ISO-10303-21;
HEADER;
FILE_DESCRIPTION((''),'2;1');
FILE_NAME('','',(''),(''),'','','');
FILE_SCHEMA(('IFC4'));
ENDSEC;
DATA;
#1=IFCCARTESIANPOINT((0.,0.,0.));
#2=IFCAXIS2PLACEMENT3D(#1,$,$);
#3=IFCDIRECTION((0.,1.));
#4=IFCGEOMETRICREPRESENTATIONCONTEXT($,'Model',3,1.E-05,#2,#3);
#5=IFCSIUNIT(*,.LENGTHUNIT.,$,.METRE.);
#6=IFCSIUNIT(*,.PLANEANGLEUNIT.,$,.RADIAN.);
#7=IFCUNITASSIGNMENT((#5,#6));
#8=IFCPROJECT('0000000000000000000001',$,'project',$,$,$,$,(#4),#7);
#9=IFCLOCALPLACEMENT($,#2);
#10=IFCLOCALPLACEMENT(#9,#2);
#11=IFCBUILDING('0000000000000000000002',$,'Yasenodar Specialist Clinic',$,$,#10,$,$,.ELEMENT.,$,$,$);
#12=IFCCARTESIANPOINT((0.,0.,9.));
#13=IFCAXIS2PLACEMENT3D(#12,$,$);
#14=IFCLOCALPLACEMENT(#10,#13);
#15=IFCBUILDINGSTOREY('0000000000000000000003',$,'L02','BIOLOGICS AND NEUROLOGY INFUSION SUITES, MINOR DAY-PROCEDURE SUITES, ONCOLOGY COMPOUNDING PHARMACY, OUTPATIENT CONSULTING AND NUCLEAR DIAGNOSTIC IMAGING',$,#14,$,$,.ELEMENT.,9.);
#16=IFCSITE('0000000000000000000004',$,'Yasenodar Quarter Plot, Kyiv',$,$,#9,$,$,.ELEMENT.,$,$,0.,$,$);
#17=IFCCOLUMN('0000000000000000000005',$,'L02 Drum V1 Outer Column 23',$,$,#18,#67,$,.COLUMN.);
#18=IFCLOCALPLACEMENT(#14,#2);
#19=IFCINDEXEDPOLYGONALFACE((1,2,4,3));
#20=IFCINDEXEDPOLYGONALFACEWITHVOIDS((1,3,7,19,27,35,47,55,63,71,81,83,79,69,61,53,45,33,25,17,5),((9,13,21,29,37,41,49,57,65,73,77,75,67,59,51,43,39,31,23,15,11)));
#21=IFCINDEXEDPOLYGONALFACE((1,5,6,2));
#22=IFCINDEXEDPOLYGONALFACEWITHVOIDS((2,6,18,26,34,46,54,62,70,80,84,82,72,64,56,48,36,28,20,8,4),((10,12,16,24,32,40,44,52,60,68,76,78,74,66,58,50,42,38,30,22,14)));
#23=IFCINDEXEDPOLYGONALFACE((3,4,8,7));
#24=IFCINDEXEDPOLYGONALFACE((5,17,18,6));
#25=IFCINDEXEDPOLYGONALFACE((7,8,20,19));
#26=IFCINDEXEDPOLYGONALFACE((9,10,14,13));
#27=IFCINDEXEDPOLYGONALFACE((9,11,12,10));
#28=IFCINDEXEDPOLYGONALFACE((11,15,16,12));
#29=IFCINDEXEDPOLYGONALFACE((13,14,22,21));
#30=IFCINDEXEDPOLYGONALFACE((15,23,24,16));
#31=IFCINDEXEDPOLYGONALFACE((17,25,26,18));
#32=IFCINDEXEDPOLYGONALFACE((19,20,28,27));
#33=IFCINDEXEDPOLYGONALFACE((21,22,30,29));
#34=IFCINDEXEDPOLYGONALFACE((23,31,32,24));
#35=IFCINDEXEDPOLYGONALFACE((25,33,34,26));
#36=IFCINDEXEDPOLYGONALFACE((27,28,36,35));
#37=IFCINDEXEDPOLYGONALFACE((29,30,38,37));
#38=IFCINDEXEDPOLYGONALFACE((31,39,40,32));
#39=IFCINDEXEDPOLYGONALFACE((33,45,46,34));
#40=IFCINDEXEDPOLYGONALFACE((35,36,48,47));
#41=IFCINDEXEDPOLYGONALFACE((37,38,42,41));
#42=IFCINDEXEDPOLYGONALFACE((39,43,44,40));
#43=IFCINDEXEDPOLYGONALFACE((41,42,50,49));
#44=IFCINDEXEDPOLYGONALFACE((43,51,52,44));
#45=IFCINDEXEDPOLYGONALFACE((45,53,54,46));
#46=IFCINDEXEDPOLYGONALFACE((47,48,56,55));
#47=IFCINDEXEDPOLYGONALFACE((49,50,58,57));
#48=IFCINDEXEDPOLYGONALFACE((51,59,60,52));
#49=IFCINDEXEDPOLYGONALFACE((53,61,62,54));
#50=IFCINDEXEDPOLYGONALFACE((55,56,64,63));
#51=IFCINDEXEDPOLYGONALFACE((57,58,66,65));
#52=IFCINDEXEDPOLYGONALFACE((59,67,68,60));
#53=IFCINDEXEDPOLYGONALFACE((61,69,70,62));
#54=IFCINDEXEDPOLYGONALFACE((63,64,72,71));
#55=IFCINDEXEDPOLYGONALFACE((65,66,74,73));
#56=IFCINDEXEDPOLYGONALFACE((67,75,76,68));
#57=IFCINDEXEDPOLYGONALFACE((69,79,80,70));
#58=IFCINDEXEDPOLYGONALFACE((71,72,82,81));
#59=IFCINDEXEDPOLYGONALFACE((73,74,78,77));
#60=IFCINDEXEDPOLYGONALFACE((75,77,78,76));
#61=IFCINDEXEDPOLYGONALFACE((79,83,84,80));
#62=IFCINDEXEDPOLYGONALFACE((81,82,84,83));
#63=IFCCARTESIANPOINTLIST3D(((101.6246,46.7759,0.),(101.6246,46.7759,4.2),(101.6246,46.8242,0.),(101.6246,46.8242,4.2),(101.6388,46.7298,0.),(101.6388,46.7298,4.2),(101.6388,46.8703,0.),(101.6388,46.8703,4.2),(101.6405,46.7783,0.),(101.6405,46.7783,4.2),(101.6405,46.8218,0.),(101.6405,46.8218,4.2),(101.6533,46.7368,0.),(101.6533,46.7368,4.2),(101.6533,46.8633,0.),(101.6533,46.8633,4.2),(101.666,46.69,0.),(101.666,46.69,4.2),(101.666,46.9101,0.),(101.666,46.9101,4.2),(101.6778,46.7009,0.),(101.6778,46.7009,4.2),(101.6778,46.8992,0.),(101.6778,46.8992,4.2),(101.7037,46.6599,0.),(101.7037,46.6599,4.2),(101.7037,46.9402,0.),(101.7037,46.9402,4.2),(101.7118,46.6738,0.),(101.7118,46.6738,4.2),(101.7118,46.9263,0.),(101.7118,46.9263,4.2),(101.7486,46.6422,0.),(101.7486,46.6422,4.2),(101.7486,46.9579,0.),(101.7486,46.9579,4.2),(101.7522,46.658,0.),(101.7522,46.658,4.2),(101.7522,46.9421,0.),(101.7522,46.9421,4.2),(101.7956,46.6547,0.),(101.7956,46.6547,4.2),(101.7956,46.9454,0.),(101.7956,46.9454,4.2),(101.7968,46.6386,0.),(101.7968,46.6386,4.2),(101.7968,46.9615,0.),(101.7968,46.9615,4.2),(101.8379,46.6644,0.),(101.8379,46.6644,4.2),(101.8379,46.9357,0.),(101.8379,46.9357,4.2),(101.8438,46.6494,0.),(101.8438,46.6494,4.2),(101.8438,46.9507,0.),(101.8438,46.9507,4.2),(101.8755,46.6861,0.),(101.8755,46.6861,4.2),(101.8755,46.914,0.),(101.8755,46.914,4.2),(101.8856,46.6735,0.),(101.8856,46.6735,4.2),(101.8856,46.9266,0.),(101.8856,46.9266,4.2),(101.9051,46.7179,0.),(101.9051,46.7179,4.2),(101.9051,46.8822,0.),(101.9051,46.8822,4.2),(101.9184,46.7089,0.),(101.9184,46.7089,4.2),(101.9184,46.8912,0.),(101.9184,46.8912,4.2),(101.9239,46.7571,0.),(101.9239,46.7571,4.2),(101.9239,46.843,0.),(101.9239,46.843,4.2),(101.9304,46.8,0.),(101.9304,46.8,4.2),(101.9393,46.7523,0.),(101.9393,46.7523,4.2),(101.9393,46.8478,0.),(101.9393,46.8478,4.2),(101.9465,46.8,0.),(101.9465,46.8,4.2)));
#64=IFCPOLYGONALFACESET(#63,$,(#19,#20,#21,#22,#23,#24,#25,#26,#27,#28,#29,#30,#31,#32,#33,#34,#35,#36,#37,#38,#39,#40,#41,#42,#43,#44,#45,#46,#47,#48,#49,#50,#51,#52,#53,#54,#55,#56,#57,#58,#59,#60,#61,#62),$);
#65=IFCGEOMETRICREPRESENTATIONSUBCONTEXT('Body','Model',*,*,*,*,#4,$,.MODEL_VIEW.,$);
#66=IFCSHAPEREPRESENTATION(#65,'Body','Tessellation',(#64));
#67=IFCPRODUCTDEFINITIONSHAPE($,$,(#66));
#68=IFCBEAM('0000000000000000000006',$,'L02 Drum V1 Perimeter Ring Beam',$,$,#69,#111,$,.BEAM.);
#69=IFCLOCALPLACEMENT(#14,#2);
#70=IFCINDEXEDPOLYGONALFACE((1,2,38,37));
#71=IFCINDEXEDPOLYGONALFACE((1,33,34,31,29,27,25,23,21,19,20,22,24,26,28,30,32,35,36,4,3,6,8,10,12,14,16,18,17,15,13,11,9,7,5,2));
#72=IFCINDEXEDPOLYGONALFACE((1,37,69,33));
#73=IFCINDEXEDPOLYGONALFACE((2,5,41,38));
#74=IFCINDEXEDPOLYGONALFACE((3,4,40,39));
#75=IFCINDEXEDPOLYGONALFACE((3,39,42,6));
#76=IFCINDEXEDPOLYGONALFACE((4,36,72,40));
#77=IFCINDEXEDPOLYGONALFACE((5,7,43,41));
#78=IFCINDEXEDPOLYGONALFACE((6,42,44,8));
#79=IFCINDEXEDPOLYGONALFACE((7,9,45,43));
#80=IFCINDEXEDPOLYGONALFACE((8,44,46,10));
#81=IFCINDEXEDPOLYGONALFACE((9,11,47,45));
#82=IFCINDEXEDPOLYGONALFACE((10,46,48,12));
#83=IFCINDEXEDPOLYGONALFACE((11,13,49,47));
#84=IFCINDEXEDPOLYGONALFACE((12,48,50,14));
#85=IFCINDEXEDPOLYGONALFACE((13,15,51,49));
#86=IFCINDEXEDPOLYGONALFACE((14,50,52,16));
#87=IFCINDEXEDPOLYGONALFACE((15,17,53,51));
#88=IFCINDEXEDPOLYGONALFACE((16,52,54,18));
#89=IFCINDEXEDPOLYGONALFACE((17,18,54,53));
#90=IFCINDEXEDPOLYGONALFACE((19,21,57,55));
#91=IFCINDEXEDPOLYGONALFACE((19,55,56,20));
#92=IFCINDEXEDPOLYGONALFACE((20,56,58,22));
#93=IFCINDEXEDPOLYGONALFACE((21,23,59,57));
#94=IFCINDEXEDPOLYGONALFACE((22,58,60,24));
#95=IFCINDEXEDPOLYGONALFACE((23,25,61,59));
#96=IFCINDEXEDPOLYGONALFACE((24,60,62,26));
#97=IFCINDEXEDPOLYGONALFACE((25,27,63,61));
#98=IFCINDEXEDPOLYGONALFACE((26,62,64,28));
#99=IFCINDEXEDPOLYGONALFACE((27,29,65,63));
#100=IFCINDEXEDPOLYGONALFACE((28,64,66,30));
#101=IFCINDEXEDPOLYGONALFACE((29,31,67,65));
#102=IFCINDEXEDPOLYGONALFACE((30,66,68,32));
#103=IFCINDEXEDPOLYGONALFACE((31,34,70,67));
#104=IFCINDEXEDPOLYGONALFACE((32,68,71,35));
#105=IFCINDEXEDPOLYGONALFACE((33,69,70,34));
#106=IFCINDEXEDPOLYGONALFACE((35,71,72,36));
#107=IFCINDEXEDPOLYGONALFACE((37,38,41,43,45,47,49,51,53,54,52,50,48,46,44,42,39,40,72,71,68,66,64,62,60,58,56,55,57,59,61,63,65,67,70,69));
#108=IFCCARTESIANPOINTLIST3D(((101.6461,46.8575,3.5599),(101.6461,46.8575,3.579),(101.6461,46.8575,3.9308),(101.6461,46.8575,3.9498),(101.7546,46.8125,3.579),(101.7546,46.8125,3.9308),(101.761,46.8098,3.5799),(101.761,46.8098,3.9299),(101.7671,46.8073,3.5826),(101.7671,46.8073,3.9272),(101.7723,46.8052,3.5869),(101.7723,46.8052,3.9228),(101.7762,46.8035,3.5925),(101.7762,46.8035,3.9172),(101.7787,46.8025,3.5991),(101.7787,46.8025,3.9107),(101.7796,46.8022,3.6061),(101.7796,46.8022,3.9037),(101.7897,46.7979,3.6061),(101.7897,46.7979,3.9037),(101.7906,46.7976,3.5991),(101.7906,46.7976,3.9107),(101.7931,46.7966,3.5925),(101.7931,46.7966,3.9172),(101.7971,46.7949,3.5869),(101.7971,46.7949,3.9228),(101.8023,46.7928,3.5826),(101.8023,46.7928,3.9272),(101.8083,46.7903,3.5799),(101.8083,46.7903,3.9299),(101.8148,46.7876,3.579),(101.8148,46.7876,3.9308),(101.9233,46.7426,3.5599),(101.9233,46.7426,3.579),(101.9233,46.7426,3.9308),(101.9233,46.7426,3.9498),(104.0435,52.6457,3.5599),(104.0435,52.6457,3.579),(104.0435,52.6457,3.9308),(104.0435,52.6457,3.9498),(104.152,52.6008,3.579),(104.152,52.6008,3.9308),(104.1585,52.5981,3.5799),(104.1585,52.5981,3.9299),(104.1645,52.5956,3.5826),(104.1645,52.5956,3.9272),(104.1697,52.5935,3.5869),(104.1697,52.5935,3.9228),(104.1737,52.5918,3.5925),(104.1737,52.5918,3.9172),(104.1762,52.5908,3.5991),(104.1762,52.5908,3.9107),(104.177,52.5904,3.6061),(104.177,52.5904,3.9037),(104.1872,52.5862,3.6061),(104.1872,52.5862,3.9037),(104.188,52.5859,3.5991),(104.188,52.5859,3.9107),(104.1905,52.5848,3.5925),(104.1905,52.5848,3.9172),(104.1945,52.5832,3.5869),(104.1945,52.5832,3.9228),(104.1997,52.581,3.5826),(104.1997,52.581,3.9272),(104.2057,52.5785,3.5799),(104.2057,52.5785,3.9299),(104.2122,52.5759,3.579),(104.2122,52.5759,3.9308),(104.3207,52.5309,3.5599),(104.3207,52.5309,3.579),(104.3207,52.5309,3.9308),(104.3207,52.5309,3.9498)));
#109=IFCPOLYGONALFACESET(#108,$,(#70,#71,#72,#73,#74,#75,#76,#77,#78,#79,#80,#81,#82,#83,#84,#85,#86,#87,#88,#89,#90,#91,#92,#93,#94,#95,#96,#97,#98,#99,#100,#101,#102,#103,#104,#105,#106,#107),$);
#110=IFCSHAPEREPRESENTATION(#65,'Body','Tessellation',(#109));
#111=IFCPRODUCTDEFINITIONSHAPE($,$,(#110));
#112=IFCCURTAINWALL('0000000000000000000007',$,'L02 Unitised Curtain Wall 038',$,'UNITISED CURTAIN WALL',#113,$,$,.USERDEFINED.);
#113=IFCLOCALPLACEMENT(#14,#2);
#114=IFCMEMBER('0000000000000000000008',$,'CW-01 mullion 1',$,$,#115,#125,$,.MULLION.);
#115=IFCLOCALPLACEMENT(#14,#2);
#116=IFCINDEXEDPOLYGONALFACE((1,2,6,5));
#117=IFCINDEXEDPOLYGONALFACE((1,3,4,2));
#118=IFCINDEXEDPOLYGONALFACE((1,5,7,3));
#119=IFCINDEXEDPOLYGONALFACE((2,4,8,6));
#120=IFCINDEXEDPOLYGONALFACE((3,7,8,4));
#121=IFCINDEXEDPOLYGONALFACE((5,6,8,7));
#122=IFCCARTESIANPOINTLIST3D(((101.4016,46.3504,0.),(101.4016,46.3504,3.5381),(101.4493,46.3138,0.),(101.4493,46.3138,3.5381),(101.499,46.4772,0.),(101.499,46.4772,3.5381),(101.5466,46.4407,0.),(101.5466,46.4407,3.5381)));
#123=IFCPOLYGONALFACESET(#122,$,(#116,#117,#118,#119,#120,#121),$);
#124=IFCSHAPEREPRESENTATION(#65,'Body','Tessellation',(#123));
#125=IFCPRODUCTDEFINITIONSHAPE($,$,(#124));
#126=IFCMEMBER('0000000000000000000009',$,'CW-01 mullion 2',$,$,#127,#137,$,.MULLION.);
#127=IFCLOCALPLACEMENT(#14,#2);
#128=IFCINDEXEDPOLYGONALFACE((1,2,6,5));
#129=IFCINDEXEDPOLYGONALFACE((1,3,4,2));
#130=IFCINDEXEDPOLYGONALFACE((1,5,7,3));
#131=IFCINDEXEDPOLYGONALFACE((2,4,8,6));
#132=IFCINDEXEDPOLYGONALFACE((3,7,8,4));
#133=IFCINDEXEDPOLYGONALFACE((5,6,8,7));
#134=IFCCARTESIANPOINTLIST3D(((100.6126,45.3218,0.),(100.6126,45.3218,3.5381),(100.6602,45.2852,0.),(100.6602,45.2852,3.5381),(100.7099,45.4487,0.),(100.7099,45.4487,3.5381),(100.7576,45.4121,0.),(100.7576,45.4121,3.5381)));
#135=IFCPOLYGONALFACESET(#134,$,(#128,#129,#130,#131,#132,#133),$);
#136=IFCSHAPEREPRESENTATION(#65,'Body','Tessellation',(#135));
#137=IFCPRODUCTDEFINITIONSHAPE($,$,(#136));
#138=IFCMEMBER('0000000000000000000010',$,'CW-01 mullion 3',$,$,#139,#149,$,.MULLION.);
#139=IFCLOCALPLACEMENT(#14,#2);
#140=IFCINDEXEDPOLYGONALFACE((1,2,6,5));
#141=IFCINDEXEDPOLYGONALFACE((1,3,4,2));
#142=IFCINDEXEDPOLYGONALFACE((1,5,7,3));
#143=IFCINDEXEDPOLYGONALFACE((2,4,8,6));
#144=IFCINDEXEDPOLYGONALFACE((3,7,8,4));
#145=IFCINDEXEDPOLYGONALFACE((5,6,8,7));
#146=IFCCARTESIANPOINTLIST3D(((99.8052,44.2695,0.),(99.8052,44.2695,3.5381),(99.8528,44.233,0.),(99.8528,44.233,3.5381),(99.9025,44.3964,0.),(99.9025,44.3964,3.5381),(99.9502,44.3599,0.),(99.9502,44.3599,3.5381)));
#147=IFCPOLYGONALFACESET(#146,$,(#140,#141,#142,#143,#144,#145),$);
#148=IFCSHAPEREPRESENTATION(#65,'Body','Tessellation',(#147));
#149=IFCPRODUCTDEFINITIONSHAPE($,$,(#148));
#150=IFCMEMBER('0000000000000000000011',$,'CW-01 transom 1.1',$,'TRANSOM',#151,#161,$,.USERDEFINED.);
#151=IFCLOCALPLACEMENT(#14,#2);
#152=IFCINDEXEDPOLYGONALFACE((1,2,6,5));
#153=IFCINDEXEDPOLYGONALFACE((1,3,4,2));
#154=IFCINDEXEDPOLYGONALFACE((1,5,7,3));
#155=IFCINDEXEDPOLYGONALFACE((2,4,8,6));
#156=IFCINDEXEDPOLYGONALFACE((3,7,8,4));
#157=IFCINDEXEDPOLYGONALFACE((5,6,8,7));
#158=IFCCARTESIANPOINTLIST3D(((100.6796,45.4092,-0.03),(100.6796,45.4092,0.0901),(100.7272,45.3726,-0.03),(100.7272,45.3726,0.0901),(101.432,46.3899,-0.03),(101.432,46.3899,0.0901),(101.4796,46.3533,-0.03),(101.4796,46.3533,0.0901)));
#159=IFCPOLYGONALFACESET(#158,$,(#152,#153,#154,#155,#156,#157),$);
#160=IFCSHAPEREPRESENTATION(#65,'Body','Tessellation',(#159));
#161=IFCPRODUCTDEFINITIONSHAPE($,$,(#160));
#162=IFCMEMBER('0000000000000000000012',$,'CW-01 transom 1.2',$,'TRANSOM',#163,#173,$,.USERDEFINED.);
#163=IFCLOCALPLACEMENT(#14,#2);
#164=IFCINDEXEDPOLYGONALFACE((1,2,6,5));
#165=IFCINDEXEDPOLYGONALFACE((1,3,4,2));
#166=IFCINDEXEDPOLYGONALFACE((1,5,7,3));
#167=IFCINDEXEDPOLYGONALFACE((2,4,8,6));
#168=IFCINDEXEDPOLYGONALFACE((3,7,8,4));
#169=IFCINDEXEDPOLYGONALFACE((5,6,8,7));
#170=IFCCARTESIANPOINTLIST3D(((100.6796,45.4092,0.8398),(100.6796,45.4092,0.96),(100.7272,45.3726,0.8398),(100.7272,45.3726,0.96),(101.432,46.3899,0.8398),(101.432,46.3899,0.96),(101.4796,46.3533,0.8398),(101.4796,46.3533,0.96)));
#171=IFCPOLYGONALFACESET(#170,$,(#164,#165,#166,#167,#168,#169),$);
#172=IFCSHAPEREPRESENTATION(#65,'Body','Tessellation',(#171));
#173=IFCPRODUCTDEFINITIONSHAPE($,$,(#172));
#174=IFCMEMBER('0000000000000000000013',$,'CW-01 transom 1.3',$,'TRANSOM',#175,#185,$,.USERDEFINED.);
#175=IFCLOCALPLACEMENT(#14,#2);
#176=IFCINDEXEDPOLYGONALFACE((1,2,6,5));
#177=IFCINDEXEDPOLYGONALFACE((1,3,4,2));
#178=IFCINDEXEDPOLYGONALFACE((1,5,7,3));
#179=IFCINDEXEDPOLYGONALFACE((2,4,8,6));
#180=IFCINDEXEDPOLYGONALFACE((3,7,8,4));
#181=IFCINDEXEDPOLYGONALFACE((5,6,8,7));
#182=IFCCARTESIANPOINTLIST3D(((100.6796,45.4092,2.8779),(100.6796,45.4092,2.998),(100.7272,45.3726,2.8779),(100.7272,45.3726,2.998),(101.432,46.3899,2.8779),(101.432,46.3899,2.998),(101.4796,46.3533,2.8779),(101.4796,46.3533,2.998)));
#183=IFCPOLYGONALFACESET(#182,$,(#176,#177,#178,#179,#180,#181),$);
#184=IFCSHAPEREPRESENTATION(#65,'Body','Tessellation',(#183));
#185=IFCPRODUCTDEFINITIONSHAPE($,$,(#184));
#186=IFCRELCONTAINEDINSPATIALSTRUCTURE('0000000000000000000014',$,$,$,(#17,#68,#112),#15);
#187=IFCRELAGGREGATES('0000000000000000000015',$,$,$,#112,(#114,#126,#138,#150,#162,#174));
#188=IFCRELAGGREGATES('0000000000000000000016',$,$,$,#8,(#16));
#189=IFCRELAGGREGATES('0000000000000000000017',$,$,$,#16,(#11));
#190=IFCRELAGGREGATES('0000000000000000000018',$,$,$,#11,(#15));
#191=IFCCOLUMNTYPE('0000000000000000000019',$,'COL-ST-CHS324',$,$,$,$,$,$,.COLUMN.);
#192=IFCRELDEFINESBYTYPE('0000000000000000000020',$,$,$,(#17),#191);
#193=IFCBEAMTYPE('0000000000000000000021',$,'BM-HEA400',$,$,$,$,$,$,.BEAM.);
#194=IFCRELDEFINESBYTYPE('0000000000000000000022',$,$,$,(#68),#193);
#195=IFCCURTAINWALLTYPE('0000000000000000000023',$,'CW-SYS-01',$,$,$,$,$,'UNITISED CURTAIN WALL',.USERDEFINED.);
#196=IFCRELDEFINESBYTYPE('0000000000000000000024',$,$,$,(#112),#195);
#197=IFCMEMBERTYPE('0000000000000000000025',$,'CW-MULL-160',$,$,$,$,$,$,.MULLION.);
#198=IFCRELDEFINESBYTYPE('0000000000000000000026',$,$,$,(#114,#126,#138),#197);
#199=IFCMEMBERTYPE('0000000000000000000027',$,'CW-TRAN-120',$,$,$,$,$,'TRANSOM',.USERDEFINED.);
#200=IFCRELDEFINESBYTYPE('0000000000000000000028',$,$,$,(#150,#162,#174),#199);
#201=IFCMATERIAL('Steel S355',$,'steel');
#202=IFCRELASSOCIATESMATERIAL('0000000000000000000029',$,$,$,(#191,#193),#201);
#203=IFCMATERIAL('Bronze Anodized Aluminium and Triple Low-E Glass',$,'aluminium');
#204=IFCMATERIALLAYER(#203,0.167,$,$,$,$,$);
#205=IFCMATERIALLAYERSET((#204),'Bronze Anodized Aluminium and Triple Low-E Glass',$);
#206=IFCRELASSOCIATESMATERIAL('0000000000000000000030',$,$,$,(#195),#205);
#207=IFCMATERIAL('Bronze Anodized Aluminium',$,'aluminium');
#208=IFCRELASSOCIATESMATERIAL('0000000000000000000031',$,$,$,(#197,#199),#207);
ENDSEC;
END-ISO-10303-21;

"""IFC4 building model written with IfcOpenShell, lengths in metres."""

from ifc_helpers import new_model, si_unit, direction, frame, origin, origin_2d, place, context, subcontext, project, spatial, rectangle, hollow_circle, i_section, extrude, material, layer, layer_set, material_profile, profile_set, type_object, element, aggregate, save


model = new_model("IFC4")

# Units and contexts
model_context = context("Model", 3, precision=1e-05, world=origin(), true_north=direction((0.0, 1.0)))
body_context = subcontext(model_context, "Body", "Model", "MODEL_VIEW")
ifc_project = project(units=[si_unit("LENGTHUNIT", "METRE"), si_unit("PLANEANGLEUNIT", "RADIAN")], contexts=[model_context])

# Site, building, storey
site_placement = place(None, origin())
site = spatial("IfcSite", under=ifc_project, at=site_placement, Name="Yasenodar Quarter Plot, Kyiv", CompositionType="ELEMENT", RefElevation=0.0)
building_placement = place(site_placement, origin())
building = spatial("IfcBuilding", under=site, at=building_placement, Name="Yasenodar Specialist Clinic", CompositionType="ELEMENT")
storey_placement = place(building_placement, frame((0.0, 0.0, 9.0)))
storey = spatial("IfcBuildingStorey", under=building, at=storey_placement, Name="L02", Description="BIOLOGICS AND NEUROLOGY INFUSION SUITES, MINOR DAY-PROCEDURE SUITES, ONCOLOGY COMPOUNDING PHARMACY, OUTPATIENT CONSULTING AND NUCLEAR DIAGNOSTIC IMAGING", CompositionType="ELEMENT", Elevation=9.0)

# Column
ifc_material_1 = material(Name="Steel S355", Category="steel")
ifc_material_profile_1 = material_profile(ifc_material_1, hollow_circle(Radius=0.1619, WallThickness=0.0161, at=origin_2d()), Name="CHS 323.9x16")
ifc_profile_set_1 = profile_set([ifc_material_profile_1], Name="Steel S355")
column_type = type_object("IfcColumnType", Name="COL-ST-CHS324", PredefinedType="COLUMN", material=ifc_profile_set_1)
column_placement = place(storey_placement, frame((101.7847, 46.8, 0.0), z_axis=(0.0, 0.0, 1.0), x_axis=(1.0, 0.0, 0.0)))
element("IfcColumn", 1, at=column_placement, inside=storey, type_object=column_type, Name="L02 Drum V1 Outer Column 23", PredefinedType="COLUMN", context=body_context, shape_type="SweptSolid", body=[
    extrude(hollow_circle(Radius=0.1619, WallThickness=0.0161, at=origin_2d()), origin(), (0.0, 0.0, 1.0), 4.2),
])

# Beam
ifc_material_profile_2 = material_profile(ifc_material_1, i_section(OverallWidth=0.3, OverallDepth=0.3899, WebThickness=0.011, FlangeThickness=0.019, FilletRadius=0.0271, at=origin_2d()), Name="HEA 400")
ifc_profile_set_2 = profile_set([ifc_material_profile_2], Name="Steel S355")
beam_type = type_object("IfcBeamType", Name="BM-HEA400", PredefinedType="BEAM", material=ifc_profile_set_2)
beam_placement = place(storey_placement, frame((101.7847, 46.8, 3.7549), z_axis=(0.382664, 0.923888, 0.0), x_axis=(-0.923888, 0.382664, 0.0)))
element("IfcBeam", 2, at=beam_placement, inside=storey, type_object=beam_type, Name="L02 Drum V1 Perimeter Ring Beam", PredefinedType="BEAM", context=body_context, shape_type="SweptSolid", body=[
    extrude(i_section(OverallWidth=0.3, OverallDepth=0.3899, WebThickness=0.011, FlangeThickness=0.019, FilletRadius=0.0271, at=origin_2d()), origin(), (0.0, 0.0, 1.0), 6.2651),
])

# Curtain wall, members
ifc_material_2 = material(Name="Bronze Anodized Aluminium and Triple Low-E Glass", Category="aluminium")
ifc_layer_1 = layer(ifc_material_2, 0.167)
ifc_layer_set_1 = layer_set([ifc_layer_1], Name="Bronze Anodized Aluminium and Triple Low-E Glass")
curtain_wall_type = type_object("IfcCurtainWallType", Name="CW-SYS-01", ElementType="UNITISED CURTAIN WALL", PredefinedType="USERDEFINED", material=ifc_layer_set_1)
curtain_wall_placement = place(storey_placement, origin())
curtain_wall = element("IfcCurtainWall", 3, at=curtain_wall_placement, inside=storey, type_object=curtain_wall_type, Name="L02 Unitised Curtain Wall 038", ObjectType="UNITISED CURTAIN WALL", PredefinedType="USERDEFINED")
ifc_material_3 = material(Name="Bronze Anodized Aluminium", Category="aluminium")
ifc_material_profile_3 = material_profile(ifc_material_3, rectangle(XDim=0.0601, YDim=0.1599, at=origin_2d()), Name="CW-MULL 60x160")
ifc_profile_set_3 = profile_set([ifc_material_profile_3], Name="Bronze Anodized Aluminium")
member_type_1 = type_object("IfcMemberType", Name="CW-MULL-160", PredefinedType="MULLION", material=ifc_profile_set_3)
member_1_placement = place(storey_placement, frame((101.4741, 46.3955, 0.0), z_axis=(0.0, 0.0, 1.0), x_axis=(0.793361, -0.608752, 0.0)))
member_1 = element("IfcMember", 4, at=member_1_placement, type_object=member_type_1, Name="CW-01 mullion 1", PredefinedType="MULLION", context=body_context, shape_type="SweptSolid", body=[
    extrude(rectangle(XDim=0.0601, YDim=0.1599, at=origin_2d()), origin(), (0.0, 0.0, 1.0), 3.5381),
])
member_2_placement = place(storey_placement, frame((100.6851, 45.3669, 0.0), z_axis=(0.0, 0.0, 1.0), x_axis=(0.793361, -0.608752, 0.0)))
member_2 = element("IfcMember", 5, at=member_2_placement, type_object=member_type_1, Name="CW-01 mullion 2", PredefinedType="MULLION", context=body_context, shape_type="SweptSolid", body=[
    extrude(rectangle(XDim=0.0601, YDim=0.1599, at=origin_2d()), origin(), (0.0, 0.0, 1.0), 3.5381),
])
member_3_placement = place(storey_placement, frame((99.8777, 44.3147, 0.0), z_axis=(0.0, 0.0, 1.0), x_axis=(0.793361, -0.608752, 0.0)))
member_3 = element("IfcMember", 6, at=member_3_placement, type_object=member_type_1, Name="CW-01 mullion 3", PredefinedType="MULLION", context=body_context, shape_type="SweptSolid", body=[
    extrude(rectangle(XDim=0.0601, YDim=0.1599, at=origin_2d()), origin(), (0.0, 0.0, 1.0), 3.5381),
])
ifc_material_profile_4 = material_profile(ifc_material_3, rectangle(XDim=0.0601, YDim=0.1201, at=origin_2d()), Name="CW-TRAN 60x120")
ifc_profile_set_4 = profile_set([ifc_material_profile_4], Name="Bronze Anodized Aluminium")
member_type_2 = type_object("IfcMemberType", Name="CW-TRAN-120", ElementType="TRANSOM", PredefinedType="USERDEFINED", material=ifc_profile_set_4)
member_4_placement = place(storey_placement, frame((101.4558, 46.3716, 0.03), z_axis=(-0.608718, -0.793387, 0.0), x_axis=(0.793387, -0.608718, 0.0)))
member_4 = element("IfcMember", 7, at=member_4_placement, type_object=member_type_2, Name="CW-01 transom 1.1", ObjectType="TRANSOM", PredefinedType="USERDEFINED", context=body_context, shape_type="SweptSolid", body=[
    extrude(rectangle(XDim=0.0601, YDim=0.1201, at=origin_2d()), origin(), (0.0, 0.0, 1.0), 1.2361),
])
member_5_placement = place(storey_placement, frame((101.4558, 46.3716, 0.8999), z_axis=(-0.608718, -0.793387, 0.0), x_axis=(0.793387, -0.608718, 0.0)))
member_5 = element("IfcMember", 8, at=member_5_placement, type_object=member_type_2, Name="CW-01 transom 1.2", ObjectType="TRANSOM", PredefinedType="USERDEFINED", context=body_context, shape_type="SweptSolid", body=[
    extrude(rectangle(XDim=0.0601, YDim=0.1201, at=origin_2d()), origin(), (0.0, 0.0, 1.0), 1.2361),
])
member_6_placement = place(storey_placement, frame((101.4558, 46.3716, 2.938), z_axis=(-0.608718, -0.793387, 0.0), x_axis=(0.793387, -0.608718, 0.0)))
member_6 = element("IfcMember", 9, at=member_6_placement, type_object=member_type_2, Name="CW-01 transom 1.3", ObjectType="TRANSOM", PredefinedType="USERDEFINED", context=body_context, shape_type="SweptSolid", body=[
    extrude(rectangle(XDim=0.0601, YDim=0.1201, at=origin_2d()), origin(), (0.0, 0.0, 1.0), 1.2361),
])
aggregate(curtain_wall, [member_1, member_2, member_3, member_4, member_5, member_6])

save(model, "model.ifc")
